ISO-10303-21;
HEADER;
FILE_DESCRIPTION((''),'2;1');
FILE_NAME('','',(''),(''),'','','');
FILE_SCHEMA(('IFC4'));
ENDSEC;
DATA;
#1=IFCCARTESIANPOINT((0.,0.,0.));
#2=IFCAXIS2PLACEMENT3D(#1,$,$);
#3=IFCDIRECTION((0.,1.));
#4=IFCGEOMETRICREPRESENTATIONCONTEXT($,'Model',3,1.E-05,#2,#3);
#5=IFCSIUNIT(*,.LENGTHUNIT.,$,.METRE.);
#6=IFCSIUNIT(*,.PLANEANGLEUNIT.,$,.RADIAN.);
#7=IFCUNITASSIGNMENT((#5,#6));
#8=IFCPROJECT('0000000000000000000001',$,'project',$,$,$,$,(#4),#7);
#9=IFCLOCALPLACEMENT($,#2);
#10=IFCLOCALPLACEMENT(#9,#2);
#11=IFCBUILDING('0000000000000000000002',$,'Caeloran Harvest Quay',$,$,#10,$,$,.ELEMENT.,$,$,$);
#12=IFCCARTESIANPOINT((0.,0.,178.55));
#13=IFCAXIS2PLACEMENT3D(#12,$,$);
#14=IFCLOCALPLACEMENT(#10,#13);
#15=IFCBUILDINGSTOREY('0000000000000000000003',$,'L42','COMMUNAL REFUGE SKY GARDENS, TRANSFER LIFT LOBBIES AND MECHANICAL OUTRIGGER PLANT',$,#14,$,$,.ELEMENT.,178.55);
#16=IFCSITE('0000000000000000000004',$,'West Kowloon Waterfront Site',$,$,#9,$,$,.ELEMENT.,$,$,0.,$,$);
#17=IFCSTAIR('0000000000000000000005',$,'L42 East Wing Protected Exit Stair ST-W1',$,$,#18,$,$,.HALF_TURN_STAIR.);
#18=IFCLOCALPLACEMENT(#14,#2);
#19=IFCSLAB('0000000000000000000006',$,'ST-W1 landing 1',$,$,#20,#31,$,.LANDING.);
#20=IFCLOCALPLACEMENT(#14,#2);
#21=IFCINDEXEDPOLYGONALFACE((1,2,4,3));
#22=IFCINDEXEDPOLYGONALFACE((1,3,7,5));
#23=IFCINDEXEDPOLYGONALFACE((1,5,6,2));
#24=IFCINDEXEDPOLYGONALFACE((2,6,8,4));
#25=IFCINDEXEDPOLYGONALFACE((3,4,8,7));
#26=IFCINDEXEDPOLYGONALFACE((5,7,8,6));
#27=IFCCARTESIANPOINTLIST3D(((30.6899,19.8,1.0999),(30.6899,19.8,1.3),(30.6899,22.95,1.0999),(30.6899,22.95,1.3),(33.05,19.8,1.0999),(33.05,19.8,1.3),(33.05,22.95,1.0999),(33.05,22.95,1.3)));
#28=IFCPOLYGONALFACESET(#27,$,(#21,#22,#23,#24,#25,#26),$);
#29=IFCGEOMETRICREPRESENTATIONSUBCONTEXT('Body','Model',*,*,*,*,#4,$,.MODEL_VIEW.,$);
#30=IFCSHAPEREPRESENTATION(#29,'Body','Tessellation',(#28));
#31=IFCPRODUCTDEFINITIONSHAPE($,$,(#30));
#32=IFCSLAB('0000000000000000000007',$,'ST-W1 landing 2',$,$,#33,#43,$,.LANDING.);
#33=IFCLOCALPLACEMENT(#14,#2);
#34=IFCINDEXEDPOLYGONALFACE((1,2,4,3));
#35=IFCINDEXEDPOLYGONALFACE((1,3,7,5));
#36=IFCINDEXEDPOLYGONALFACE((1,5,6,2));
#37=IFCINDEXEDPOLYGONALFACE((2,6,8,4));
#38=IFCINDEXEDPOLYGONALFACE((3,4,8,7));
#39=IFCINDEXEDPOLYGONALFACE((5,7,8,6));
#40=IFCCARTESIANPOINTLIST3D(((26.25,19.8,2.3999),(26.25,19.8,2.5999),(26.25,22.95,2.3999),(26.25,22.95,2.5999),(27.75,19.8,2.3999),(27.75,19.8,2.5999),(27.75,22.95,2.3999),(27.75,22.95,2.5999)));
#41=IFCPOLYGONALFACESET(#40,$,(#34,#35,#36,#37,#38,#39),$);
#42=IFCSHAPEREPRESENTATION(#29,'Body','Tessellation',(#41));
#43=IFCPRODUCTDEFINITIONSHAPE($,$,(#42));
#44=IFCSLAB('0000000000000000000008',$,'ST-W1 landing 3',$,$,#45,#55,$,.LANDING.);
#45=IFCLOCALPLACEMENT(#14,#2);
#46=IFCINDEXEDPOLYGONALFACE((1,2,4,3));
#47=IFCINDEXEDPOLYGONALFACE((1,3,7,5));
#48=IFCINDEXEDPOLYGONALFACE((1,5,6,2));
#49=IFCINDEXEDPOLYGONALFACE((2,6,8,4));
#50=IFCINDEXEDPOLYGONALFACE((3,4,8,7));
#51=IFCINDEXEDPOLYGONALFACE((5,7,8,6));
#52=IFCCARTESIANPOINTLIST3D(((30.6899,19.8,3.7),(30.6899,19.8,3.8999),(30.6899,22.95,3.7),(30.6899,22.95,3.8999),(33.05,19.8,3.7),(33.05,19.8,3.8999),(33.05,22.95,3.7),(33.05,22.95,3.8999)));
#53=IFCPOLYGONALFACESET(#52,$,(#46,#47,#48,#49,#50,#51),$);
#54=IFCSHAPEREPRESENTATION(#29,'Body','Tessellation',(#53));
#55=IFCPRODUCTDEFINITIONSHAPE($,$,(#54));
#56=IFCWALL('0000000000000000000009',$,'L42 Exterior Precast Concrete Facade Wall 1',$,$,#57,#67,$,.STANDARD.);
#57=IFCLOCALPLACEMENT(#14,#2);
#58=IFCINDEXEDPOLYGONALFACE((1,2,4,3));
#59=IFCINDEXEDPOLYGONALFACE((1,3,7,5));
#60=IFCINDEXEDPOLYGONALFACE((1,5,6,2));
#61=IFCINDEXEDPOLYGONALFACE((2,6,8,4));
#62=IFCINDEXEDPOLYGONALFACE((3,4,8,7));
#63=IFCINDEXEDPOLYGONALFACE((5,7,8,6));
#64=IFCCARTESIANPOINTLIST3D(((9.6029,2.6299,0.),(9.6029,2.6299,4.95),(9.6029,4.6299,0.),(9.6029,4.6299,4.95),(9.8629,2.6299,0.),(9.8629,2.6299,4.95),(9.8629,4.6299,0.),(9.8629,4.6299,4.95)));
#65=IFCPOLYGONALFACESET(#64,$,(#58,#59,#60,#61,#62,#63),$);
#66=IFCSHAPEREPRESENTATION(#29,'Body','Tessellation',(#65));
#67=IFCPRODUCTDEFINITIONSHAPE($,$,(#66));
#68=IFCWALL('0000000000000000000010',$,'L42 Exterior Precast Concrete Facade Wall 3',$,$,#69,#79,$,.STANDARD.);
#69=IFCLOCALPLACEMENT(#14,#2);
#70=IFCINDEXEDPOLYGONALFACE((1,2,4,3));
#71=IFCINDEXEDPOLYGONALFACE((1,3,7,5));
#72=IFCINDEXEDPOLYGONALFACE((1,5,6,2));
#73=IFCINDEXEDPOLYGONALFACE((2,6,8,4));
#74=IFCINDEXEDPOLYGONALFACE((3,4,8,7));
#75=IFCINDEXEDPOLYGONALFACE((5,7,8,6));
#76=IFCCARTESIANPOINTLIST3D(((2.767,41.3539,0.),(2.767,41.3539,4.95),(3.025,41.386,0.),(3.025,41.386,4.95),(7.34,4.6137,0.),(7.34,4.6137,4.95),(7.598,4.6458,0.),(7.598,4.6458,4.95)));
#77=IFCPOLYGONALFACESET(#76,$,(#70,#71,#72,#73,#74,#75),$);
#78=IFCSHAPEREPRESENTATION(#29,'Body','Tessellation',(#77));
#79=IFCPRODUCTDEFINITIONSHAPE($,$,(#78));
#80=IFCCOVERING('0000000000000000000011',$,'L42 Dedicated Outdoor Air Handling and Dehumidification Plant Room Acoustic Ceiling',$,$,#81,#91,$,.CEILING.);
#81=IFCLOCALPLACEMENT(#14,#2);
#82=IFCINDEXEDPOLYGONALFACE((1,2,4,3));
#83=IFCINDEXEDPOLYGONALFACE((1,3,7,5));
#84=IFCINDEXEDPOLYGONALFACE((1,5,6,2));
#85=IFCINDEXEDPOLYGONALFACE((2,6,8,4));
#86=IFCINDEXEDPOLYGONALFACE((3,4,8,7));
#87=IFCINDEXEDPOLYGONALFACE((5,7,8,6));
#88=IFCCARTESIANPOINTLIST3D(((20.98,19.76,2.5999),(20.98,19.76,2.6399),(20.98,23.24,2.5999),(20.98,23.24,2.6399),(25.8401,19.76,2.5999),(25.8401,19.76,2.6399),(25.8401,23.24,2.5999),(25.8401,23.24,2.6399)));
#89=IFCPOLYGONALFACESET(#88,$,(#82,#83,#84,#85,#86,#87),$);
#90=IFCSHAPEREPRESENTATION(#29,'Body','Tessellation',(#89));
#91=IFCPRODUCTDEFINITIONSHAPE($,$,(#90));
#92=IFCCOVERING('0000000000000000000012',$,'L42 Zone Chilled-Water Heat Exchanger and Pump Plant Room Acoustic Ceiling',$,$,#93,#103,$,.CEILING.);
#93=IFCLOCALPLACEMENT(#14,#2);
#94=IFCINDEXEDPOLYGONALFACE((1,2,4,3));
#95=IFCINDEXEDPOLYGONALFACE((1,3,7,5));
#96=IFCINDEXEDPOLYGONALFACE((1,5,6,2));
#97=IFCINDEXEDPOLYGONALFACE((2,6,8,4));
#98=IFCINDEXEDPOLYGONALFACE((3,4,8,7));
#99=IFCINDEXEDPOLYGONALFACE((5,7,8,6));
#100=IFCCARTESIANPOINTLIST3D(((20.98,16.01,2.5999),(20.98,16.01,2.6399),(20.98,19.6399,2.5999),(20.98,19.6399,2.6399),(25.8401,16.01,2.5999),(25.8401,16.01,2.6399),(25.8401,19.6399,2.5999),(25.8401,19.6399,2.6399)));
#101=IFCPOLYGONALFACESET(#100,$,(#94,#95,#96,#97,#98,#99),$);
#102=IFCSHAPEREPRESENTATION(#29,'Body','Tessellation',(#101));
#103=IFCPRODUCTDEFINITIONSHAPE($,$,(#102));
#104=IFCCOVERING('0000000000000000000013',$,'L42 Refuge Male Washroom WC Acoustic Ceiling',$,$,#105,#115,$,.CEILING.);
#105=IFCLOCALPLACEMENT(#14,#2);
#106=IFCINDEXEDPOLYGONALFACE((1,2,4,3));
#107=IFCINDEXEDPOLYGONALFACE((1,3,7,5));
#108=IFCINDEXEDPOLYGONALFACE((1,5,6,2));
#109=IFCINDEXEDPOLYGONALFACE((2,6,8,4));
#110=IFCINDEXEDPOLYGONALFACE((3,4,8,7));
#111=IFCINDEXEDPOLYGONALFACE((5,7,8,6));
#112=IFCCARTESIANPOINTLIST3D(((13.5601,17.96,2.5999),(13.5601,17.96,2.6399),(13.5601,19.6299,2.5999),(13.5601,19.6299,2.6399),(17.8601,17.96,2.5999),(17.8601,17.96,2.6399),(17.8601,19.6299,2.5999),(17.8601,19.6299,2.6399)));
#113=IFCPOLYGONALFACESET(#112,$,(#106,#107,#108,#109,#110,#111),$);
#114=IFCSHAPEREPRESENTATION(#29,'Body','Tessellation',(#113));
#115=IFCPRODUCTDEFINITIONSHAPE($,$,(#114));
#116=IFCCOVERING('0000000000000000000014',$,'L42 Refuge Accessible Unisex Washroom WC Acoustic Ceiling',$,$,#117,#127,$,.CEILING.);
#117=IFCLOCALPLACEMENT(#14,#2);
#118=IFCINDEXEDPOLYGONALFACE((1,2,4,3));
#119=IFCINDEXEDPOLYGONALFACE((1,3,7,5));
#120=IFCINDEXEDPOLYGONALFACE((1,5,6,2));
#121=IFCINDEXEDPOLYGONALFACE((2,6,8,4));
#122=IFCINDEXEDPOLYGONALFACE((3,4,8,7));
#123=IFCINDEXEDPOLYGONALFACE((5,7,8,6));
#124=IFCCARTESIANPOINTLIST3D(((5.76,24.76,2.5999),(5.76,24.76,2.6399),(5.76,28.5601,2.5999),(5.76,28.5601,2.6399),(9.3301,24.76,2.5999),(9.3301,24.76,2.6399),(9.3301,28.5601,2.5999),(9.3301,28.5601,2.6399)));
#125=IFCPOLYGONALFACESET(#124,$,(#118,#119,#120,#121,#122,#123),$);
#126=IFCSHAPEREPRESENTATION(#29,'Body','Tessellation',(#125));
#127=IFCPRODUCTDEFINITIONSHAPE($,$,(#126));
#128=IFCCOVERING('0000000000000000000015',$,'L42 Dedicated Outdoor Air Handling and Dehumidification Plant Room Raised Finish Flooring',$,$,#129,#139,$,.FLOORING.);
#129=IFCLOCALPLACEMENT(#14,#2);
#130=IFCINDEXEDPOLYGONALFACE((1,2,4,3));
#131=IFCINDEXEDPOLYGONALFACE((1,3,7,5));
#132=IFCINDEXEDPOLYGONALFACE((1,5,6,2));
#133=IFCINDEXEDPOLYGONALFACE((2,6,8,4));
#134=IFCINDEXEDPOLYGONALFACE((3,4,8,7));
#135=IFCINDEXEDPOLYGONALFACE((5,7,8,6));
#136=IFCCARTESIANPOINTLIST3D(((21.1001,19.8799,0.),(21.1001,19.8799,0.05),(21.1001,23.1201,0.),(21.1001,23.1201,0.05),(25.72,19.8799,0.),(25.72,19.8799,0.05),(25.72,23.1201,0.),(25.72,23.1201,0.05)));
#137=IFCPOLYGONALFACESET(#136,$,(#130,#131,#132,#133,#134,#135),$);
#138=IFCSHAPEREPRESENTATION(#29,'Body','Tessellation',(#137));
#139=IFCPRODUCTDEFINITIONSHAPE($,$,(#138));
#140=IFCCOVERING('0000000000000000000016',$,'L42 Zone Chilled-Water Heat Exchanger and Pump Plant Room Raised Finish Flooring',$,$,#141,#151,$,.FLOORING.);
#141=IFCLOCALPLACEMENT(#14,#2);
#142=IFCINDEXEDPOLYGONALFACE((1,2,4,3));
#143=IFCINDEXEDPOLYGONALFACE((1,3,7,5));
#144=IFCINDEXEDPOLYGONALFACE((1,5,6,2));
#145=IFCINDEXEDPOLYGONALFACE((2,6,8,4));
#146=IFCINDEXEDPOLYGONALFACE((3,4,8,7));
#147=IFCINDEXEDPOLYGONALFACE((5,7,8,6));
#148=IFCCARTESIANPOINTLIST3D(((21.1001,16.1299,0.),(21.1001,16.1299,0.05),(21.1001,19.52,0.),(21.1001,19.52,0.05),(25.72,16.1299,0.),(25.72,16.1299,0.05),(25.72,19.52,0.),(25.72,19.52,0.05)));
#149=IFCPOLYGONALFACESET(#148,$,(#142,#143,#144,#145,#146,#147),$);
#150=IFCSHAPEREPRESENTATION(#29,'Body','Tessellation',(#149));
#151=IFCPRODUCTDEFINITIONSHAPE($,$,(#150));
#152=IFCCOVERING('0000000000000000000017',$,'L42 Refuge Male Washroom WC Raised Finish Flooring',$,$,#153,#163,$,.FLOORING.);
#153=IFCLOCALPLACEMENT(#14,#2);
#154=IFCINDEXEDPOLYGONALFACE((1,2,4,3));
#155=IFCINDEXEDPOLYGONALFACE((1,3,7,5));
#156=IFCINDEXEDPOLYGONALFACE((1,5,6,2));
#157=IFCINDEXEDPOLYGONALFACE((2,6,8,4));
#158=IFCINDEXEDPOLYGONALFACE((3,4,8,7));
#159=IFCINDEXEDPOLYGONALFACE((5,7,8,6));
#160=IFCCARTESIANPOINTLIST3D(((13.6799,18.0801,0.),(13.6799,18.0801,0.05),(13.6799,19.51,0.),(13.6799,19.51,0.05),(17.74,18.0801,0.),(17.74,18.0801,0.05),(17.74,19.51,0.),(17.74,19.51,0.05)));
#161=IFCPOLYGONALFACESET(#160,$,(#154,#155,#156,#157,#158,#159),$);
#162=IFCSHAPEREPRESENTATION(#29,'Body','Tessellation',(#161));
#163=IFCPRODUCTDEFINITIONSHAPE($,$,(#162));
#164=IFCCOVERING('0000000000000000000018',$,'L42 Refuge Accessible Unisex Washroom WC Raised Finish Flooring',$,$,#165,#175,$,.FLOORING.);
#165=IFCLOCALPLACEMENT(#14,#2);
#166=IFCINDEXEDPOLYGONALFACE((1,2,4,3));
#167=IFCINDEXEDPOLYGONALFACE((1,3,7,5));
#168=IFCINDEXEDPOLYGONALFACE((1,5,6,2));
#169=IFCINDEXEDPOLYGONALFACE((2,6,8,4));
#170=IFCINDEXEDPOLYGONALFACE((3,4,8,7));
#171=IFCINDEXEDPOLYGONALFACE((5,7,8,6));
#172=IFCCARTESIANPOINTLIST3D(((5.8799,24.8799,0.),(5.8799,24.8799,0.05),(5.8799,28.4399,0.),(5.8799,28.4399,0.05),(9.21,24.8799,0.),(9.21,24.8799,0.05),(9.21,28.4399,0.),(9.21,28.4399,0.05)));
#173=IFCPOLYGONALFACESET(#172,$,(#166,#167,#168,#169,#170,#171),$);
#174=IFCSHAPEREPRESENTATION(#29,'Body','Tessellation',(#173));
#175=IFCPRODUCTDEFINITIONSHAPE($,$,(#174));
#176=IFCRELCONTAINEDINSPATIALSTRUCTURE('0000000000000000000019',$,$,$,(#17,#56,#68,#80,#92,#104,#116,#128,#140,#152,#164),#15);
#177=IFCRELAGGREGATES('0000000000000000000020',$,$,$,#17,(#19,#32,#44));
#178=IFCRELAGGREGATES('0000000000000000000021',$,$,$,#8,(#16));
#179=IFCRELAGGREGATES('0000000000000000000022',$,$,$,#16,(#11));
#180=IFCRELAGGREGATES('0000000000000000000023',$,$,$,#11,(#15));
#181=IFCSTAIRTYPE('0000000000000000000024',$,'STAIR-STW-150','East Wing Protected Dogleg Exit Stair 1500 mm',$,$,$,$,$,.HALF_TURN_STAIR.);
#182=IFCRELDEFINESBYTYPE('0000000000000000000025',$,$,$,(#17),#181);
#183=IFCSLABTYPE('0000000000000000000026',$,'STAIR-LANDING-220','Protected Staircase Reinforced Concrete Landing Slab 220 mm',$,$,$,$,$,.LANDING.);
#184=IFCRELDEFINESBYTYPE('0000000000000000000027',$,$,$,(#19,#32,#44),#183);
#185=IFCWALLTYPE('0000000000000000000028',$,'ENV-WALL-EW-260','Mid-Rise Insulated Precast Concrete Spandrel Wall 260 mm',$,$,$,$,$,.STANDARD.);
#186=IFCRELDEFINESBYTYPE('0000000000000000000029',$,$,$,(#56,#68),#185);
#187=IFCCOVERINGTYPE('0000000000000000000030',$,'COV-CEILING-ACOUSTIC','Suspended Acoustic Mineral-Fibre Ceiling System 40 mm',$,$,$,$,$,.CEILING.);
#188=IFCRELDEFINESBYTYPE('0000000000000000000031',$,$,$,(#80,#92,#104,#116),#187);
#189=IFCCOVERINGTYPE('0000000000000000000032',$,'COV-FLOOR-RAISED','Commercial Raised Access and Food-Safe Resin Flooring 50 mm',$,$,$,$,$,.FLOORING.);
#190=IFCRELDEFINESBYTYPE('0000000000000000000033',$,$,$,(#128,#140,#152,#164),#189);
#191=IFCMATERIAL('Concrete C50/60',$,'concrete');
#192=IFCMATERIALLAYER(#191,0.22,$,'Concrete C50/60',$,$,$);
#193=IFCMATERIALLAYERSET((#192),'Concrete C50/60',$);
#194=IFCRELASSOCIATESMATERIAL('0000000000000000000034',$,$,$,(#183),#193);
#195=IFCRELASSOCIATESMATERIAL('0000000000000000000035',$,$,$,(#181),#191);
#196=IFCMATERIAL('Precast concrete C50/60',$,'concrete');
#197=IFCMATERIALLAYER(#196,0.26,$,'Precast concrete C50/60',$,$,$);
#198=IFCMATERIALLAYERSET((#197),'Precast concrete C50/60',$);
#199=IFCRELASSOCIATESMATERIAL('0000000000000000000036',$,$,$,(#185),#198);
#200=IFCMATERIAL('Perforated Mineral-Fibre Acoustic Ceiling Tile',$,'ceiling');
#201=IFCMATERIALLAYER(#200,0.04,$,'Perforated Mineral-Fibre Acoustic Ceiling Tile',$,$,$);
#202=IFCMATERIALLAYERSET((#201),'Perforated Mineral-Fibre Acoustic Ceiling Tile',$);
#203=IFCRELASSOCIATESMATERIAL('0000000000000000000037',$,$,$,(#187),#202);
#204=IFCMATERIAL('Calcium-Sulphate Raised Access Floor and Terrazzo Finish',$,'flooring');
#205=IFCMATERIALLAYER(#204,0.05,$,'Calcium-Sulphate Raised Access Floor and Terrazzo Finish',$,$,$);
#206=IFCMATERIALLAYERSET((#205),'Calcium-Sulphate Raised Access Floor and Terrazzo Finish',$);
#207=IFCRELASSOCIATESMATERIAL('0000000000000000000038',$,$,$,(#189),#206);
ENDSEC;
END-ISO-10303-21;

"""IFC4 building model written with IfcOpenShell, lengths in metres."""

from ifc_helpers import new_model, si_unit, direction, frame, frame_2d, origin, place, context, subcontext, project, spatial, polyline, rectangle, outline, extrude, material, layer, layer_set, type_object, element, aggregate, save


model = new_model("IFC4")

# Units and contexts
model_context = context("Model", 3, precision=1e-05, world=origin(), true_north=direction((0.0, 1.0)))
body_context = subcontext(model_context, "Body", "Model", "MODEL_VIEW")
ifc_project = project(units=[si_unit("LENGTHUNIT", "METRE"), si_unit("PLANEANGLEUNIT", "RADIAN")], contexts=[model_context])

# Site, building, storey
site_placement = place(None, origin())
site = spatial("IfcSite", under=ifc_project, at=site_placement, Name="West Kowloon Waterfront Site", CompositionType="ELEMENT", RefElevation=0.0)
building_placement = place(site_placement, origin())
building = spatial("IfcBuilding", under=site, at=building_placement, Name="Caeloran Harvest Quay", CompositionType="ELEMENT")
storey_placement = place(building_placement, frame((0.0, 0.0, 178.55)))
storey = spatial("IfcBuildingStorey", under=building, at=storey_placement, Name="L42", Description="COMMUNAL REFUGE SKY GARDENS, TRANSFER LIFT LOBBIES AND MECHANICAL OUTRIGGER PLANT", CompositionType="ELEMENT", Elevation=178.55)

# Shared definitions
ifc_material_1 = material(Name="Concrete C50/60", Category="concrete")

# Stair, slabs
ifc_layer_1 = layer(ifc_material_1, 0.22, Name="Concrete C50/60")
ifc_layer_set_1 = layer_set([ifc_layer_1], Name="Concrete C50/60")
slab_type_1 = type_object("IfcSlabType", Name="STAIR-LANDING-220", Description="Protected Staircase Reinforced Concrete Landing Slab 220 mm", PredefinedType="LANDING", material=ifc_layer_set_1)
stair_type_1 = type_object("IfcStairType", Name="STAIR-STW-150", Description="East Wing Protected Dogleg Exit Stair 1500 mm", PredefinedType="HALF_TURN_STAIR", material=ifc_material_1)
stair_1_placement = place(storey_placement, origin())
stair_1 = element("IfcStair", 1, at=stair_1_placement, inside=storey, type_object=stair_type_1, Name="L42 East Wing Protected Exit Stair ST-W1", PredefinedType="HALF_TURN_STAIR")
slab_1_placement = place(storey_placement, frame((0.0, 0.0, 1.0999)))
slab_1 = element("IfcSlab", 2, at=slab_1_placement, type_object=slab_type_1, Name="ST-W1 landing 1", PredefinedType="LANDING", context=body_context, shape_type="SweptSolid", body=[
    extrude(outline(polyline([(30.6899, 19.8), (33.05, 19.8), (33.05, 22.95), (30.6899, 22.95), (30.6899, 19.8)])), origin(), (0.0, 0.0, 1.0), 0.2002),
])
slab_2_placement = place(storey_placement, frame((0.0, 0.0, 2.3999)))
slab_2 = element("IfcSlab", 3, at=slab_2_placement, type_object=slab_type_1, Name="ST-W1 landing 2", PredefinedType="LANDING", context=body_context, shape_type="SweptSolid", body=[
    extrude(outline(polyline([(26.25, 19.8), (27.75, 19.8), (27.75, 22.95), (26.25, 22.95), (26.25, 19.8)])), origin(), (0.0, 0.0, 1.0), 0.2),
])
slab_3_placement = place(storey_placement, frame((0.0, 0.0, 3.7)))
slab_3 = element("IfcSlab", 4, at=slab_3_placement, type_object=slab_type_1, Name="ST-W1 landing 3", PredefinedType="LANDING", context=body_context, shape_type="SweptSolid", body=[
    extrude(outline(polyline([(30.6899, 19.8), (33.05, 19.8), (33.05, 22.95), (30.6899, 22.95), (30.6899, 19.8)])), origin(), (0.0, 0.0, 1.0), 0.2),
])
aggregate(stair_1, [slab_1, slab_2, slab_3])

# Walls
ifc_material_2 = material(Name="Precast concrete C50/60", Category="concrete")
ifc_layer_2 = layer(ifc_material_2, 0.26, Name="Precast concrete C50/60")
ifc_layer_set_2 = layer_set([ifc_layer_2], Name="Precast concrete C50/60")
wall_type = type_object("IfcWallType", Name="ENV-WALL-EW-260", Description="Mid-Rise Insulated Precast Concrete Spandrel Wall 260 mm", PredefinedType="STANDARD", material=ifc_layer_set_2)
wall_1_placement = place(storey_placement, frame((9.7329, 2.6299, 0.0), z_axis=(0.0, 0.0, 1.0), x_axis=(0.0, 1.0, 0.0)))
element("IfcWall", 5, at=wall_1_placement, inside=storey, type_object=wall_type, Name="L42 Exterior Precast Concrete Facade Wall 1", PredefinedType="STANDARD", context=body_context, shape_type="SweptSolid", body=[
    extrude(rectangle(XDim=2.0, YDim=0.26, at=frame_2d((1.0, 0.0))), origin(), (0.0, 0.0, 1.0), 4.95),
])
wall_2_placement = place(storey_placement, frame((7.469, 4.6299, 0.0), z_axis=(0.0, 0.0, 1.0), x_axis=(-0.123515, 0.992343, 0.0)))
element("IfcWall", 6, at=wall_2_placement, inside=storey, type_object=wall_type, Name="L42 Exterior Precast Concrete Facade Wall 3", PredefinedType="STANDARD", context=body_context, shape_type="SweptSolid", body=[
    extrude(rectangle(XDim=37.0237, YDim=0.26, at=frame_2d((18.5117, 0.0))), origin(), (0.0, 0.0, 1.0), 4.95),
])

# Coverings
ifc_material_3 = material(Name="Perforated Mineral-Fibre Acoustic Ceiling Tile", Category="ceiling")
ifc_layer_3 = layer(ifc_material_3, 0.04, Name="Perforated Mineral-Fibre Acoustic Ceiling Tile")
ifc_layer_set_3 = layer_set([ifc_layer_3], Name="Perforated Mineral-Fibre Acoustic Ceiling Tile")
covering_type_1 = type_object("IfcCoveringType", Name="COV-CEILING-ACOUSTIC", Description="Suspended Acoustic Mineral-Fibre Ceiling System 40 mm", PredefinedType="CEILING", material=ifc_layer_set_3)
covering_1_placement = place(storey_placement, frame((0.0, 0.0, 2.5999)))
element("IfcCovering", 7, at=covering_1_placement, inside=storey, type_object=covering_type_1, Name="L42 Dedicated Outdoor Air Handling and Dehumidification Plant Room Acoustic Ceiling", PredefinedType="CEILING", context=body_context, shape_type="SweptSolid", body=[
    extrude(outline(polyline([(25.8401, 23.24), (25.8401, 19.76), (20.98, 19.76), (20.98, 23.24), (25.8401, 23.24)])), origin(), (0.0, 0.0, 1.0), 0.04),
])
covering_2_placement = place(storey_placement, frame((0.0, 0.0, 2.5999)))
element("IfcCovering", 8, at=covering_2_placement, inside=storey, type_object=covering_type_1, Name="L42 Zone Chilled-Water Heat Exchanger and Pump Plant Room Acoustic Ceiling", PredefinedType="CEILING", context=body_context, shape_type="SweptSolid", body=[
    extrude(outline(polyline([(25.8401, 19.6399), (25.8401, 16.01), (20.98, 16.01), (20.98, 19.6399), (25.8401, 19.6399)])), origin(), (0.0, 0.0, 1.0), 0.04),
])
covering_3_placement = place(storey_placement, frame((0.0, 0.0, 2.5999)))
element("IfcCovering", 9, at=covering_3_placement, inside=storey, type_object=covering_type_1, Name="L42 Refuge Male Washroom WC Acoustic Ceiling", PredefinedType="CEILING", context=body_context, shape_type="SweptSolid", body=[
    extrude(outline(polyline([(17.8601, 19.6299), (17.8601, 17.96), (13.5601, 17.96), (13.5601, 19.6299), (17.8601, 19.6299)])), origin(), (0.0, 0.0, 1.0), 0.04),
])
covering_4_placement = place(storey_placement, frame((0.0, 0.0, 2.5999)))
element("IfcCovering", 10, at=covering_4_placement, inside=storey, type_object=covering_type_1, Name="L42 Refuge Accessible Unisex Washroom WC Acoustic Ceiling", PredefinedType="CEILING", context=body_context, shape_type="SweptSolid", body=[
    extrude(outline(polyline([(9.3301, 28.5601), (9.3301, 24.76), (5.76, 24.76), (5.76, 28.5601), (9.3301, 28.5601)])), origin(), (0.0, 0.0, 1.0), 0.04),
])
ifc_material_4 = material(Name="Calcium-Sulphate Raised Access Floor and Terrazzo Finish", Category="flooring")
ifc_layer_4 = layer(ifc_material_4, 0.05, Name="Calcium-Sulphate Raised Access Floor and Terrazzo Finish")
ifc_layer_set_4 = layer_set([ifc_layer_4], Name="Calcium-Sulphate Raised Access Floor and Terrazzo Finish")
covering_type_2 = type_object("IfcCoveringType", Name="COV-FLOOR-RAISED", Description="Commercial Raised Access and Food-Safe Resin Flooring 50 mm", PredefinedType="FLOORING", material=ifc_layer_set_4)
covering_5_placement = place(storey_placement, origin())
element("IfcCovering", 11, at=covering_5_placement, inside=storey, type_object=covering_type_2, Name="L42 Dedicated Outdoor Air Handling and Dehumidification Plant Room Raised Finish Flooring", PredefinedType="FLOORING", context=body_context, shape_type="SweptSolid", body=[
    extrude(outline(polyline([(25.72, 23.1201), (25.72, 19.8799), (21.1001, 19.8799), (21.1001, 23.1201), (25.72, 23.1201)])), origin(), (0.0, 0.0, 1.0), 0.05),
])
covering_6_placement = place(storey_placement, origin())
element("IfcCovering", 12, at=covering_6_placement, inside=storey, type_object=covering_type_2, Name="L42 Zone Chilled-Water Heat Exchanger and Pump Plant Room Raised Finish Flooring", PredefinedType="FLOORING", context=body_context, shape_type="SweptSolid", body=[
    extrude(outline(polyline([(25.72, 19.52), (25.72, 16.1299), (21.1001, 16.1299), (21.1001, 19.52), (25.72, 19.52)])), origin(), (0.0, 0.0, 1.0), 0.05),
])
covering_7_placement = place(storey_placement, origin())
element("IfcCovering", 13, at=covering_7_placement, inside=storey, type_object=covering_type_2, Name="L42 Refuge Male Washroom WC Raised Finish Flooring", PredefinedType="FLOORING", context=body_context, shape_type="SweptSolid", body=[
    extrude(outline(polyline([(17.74, 19.51), (17.74, 18.0801), (13.6799, 18.0801), (13.6799, 19.51), (17.74, 19.51)])), origin(), (0.0, 0.0, 1.0), 0.05),
])
covering_8_placement = place(storey_placement, origin())
element("IfcCovering", 14, at=covering_8_placement, inside=storey, type_object=covering_type_2, Name="L42 Refuge Accessible Unisex Washroom WC Raised Finish Flooring", PredefinedType="FLOORING", context=body_context, shape_type="SweptSolid", body=[
    extrude(outline(polyline([(9.21, 28.4399), (9.21, 24.8799), (5.8799, 24.8799), (5.8799, 28.4399), (9.21, 28.4399)])), origin(), (0.0, 0.0, 1.0), 0.05),
])

save(model, "model.ifc")
